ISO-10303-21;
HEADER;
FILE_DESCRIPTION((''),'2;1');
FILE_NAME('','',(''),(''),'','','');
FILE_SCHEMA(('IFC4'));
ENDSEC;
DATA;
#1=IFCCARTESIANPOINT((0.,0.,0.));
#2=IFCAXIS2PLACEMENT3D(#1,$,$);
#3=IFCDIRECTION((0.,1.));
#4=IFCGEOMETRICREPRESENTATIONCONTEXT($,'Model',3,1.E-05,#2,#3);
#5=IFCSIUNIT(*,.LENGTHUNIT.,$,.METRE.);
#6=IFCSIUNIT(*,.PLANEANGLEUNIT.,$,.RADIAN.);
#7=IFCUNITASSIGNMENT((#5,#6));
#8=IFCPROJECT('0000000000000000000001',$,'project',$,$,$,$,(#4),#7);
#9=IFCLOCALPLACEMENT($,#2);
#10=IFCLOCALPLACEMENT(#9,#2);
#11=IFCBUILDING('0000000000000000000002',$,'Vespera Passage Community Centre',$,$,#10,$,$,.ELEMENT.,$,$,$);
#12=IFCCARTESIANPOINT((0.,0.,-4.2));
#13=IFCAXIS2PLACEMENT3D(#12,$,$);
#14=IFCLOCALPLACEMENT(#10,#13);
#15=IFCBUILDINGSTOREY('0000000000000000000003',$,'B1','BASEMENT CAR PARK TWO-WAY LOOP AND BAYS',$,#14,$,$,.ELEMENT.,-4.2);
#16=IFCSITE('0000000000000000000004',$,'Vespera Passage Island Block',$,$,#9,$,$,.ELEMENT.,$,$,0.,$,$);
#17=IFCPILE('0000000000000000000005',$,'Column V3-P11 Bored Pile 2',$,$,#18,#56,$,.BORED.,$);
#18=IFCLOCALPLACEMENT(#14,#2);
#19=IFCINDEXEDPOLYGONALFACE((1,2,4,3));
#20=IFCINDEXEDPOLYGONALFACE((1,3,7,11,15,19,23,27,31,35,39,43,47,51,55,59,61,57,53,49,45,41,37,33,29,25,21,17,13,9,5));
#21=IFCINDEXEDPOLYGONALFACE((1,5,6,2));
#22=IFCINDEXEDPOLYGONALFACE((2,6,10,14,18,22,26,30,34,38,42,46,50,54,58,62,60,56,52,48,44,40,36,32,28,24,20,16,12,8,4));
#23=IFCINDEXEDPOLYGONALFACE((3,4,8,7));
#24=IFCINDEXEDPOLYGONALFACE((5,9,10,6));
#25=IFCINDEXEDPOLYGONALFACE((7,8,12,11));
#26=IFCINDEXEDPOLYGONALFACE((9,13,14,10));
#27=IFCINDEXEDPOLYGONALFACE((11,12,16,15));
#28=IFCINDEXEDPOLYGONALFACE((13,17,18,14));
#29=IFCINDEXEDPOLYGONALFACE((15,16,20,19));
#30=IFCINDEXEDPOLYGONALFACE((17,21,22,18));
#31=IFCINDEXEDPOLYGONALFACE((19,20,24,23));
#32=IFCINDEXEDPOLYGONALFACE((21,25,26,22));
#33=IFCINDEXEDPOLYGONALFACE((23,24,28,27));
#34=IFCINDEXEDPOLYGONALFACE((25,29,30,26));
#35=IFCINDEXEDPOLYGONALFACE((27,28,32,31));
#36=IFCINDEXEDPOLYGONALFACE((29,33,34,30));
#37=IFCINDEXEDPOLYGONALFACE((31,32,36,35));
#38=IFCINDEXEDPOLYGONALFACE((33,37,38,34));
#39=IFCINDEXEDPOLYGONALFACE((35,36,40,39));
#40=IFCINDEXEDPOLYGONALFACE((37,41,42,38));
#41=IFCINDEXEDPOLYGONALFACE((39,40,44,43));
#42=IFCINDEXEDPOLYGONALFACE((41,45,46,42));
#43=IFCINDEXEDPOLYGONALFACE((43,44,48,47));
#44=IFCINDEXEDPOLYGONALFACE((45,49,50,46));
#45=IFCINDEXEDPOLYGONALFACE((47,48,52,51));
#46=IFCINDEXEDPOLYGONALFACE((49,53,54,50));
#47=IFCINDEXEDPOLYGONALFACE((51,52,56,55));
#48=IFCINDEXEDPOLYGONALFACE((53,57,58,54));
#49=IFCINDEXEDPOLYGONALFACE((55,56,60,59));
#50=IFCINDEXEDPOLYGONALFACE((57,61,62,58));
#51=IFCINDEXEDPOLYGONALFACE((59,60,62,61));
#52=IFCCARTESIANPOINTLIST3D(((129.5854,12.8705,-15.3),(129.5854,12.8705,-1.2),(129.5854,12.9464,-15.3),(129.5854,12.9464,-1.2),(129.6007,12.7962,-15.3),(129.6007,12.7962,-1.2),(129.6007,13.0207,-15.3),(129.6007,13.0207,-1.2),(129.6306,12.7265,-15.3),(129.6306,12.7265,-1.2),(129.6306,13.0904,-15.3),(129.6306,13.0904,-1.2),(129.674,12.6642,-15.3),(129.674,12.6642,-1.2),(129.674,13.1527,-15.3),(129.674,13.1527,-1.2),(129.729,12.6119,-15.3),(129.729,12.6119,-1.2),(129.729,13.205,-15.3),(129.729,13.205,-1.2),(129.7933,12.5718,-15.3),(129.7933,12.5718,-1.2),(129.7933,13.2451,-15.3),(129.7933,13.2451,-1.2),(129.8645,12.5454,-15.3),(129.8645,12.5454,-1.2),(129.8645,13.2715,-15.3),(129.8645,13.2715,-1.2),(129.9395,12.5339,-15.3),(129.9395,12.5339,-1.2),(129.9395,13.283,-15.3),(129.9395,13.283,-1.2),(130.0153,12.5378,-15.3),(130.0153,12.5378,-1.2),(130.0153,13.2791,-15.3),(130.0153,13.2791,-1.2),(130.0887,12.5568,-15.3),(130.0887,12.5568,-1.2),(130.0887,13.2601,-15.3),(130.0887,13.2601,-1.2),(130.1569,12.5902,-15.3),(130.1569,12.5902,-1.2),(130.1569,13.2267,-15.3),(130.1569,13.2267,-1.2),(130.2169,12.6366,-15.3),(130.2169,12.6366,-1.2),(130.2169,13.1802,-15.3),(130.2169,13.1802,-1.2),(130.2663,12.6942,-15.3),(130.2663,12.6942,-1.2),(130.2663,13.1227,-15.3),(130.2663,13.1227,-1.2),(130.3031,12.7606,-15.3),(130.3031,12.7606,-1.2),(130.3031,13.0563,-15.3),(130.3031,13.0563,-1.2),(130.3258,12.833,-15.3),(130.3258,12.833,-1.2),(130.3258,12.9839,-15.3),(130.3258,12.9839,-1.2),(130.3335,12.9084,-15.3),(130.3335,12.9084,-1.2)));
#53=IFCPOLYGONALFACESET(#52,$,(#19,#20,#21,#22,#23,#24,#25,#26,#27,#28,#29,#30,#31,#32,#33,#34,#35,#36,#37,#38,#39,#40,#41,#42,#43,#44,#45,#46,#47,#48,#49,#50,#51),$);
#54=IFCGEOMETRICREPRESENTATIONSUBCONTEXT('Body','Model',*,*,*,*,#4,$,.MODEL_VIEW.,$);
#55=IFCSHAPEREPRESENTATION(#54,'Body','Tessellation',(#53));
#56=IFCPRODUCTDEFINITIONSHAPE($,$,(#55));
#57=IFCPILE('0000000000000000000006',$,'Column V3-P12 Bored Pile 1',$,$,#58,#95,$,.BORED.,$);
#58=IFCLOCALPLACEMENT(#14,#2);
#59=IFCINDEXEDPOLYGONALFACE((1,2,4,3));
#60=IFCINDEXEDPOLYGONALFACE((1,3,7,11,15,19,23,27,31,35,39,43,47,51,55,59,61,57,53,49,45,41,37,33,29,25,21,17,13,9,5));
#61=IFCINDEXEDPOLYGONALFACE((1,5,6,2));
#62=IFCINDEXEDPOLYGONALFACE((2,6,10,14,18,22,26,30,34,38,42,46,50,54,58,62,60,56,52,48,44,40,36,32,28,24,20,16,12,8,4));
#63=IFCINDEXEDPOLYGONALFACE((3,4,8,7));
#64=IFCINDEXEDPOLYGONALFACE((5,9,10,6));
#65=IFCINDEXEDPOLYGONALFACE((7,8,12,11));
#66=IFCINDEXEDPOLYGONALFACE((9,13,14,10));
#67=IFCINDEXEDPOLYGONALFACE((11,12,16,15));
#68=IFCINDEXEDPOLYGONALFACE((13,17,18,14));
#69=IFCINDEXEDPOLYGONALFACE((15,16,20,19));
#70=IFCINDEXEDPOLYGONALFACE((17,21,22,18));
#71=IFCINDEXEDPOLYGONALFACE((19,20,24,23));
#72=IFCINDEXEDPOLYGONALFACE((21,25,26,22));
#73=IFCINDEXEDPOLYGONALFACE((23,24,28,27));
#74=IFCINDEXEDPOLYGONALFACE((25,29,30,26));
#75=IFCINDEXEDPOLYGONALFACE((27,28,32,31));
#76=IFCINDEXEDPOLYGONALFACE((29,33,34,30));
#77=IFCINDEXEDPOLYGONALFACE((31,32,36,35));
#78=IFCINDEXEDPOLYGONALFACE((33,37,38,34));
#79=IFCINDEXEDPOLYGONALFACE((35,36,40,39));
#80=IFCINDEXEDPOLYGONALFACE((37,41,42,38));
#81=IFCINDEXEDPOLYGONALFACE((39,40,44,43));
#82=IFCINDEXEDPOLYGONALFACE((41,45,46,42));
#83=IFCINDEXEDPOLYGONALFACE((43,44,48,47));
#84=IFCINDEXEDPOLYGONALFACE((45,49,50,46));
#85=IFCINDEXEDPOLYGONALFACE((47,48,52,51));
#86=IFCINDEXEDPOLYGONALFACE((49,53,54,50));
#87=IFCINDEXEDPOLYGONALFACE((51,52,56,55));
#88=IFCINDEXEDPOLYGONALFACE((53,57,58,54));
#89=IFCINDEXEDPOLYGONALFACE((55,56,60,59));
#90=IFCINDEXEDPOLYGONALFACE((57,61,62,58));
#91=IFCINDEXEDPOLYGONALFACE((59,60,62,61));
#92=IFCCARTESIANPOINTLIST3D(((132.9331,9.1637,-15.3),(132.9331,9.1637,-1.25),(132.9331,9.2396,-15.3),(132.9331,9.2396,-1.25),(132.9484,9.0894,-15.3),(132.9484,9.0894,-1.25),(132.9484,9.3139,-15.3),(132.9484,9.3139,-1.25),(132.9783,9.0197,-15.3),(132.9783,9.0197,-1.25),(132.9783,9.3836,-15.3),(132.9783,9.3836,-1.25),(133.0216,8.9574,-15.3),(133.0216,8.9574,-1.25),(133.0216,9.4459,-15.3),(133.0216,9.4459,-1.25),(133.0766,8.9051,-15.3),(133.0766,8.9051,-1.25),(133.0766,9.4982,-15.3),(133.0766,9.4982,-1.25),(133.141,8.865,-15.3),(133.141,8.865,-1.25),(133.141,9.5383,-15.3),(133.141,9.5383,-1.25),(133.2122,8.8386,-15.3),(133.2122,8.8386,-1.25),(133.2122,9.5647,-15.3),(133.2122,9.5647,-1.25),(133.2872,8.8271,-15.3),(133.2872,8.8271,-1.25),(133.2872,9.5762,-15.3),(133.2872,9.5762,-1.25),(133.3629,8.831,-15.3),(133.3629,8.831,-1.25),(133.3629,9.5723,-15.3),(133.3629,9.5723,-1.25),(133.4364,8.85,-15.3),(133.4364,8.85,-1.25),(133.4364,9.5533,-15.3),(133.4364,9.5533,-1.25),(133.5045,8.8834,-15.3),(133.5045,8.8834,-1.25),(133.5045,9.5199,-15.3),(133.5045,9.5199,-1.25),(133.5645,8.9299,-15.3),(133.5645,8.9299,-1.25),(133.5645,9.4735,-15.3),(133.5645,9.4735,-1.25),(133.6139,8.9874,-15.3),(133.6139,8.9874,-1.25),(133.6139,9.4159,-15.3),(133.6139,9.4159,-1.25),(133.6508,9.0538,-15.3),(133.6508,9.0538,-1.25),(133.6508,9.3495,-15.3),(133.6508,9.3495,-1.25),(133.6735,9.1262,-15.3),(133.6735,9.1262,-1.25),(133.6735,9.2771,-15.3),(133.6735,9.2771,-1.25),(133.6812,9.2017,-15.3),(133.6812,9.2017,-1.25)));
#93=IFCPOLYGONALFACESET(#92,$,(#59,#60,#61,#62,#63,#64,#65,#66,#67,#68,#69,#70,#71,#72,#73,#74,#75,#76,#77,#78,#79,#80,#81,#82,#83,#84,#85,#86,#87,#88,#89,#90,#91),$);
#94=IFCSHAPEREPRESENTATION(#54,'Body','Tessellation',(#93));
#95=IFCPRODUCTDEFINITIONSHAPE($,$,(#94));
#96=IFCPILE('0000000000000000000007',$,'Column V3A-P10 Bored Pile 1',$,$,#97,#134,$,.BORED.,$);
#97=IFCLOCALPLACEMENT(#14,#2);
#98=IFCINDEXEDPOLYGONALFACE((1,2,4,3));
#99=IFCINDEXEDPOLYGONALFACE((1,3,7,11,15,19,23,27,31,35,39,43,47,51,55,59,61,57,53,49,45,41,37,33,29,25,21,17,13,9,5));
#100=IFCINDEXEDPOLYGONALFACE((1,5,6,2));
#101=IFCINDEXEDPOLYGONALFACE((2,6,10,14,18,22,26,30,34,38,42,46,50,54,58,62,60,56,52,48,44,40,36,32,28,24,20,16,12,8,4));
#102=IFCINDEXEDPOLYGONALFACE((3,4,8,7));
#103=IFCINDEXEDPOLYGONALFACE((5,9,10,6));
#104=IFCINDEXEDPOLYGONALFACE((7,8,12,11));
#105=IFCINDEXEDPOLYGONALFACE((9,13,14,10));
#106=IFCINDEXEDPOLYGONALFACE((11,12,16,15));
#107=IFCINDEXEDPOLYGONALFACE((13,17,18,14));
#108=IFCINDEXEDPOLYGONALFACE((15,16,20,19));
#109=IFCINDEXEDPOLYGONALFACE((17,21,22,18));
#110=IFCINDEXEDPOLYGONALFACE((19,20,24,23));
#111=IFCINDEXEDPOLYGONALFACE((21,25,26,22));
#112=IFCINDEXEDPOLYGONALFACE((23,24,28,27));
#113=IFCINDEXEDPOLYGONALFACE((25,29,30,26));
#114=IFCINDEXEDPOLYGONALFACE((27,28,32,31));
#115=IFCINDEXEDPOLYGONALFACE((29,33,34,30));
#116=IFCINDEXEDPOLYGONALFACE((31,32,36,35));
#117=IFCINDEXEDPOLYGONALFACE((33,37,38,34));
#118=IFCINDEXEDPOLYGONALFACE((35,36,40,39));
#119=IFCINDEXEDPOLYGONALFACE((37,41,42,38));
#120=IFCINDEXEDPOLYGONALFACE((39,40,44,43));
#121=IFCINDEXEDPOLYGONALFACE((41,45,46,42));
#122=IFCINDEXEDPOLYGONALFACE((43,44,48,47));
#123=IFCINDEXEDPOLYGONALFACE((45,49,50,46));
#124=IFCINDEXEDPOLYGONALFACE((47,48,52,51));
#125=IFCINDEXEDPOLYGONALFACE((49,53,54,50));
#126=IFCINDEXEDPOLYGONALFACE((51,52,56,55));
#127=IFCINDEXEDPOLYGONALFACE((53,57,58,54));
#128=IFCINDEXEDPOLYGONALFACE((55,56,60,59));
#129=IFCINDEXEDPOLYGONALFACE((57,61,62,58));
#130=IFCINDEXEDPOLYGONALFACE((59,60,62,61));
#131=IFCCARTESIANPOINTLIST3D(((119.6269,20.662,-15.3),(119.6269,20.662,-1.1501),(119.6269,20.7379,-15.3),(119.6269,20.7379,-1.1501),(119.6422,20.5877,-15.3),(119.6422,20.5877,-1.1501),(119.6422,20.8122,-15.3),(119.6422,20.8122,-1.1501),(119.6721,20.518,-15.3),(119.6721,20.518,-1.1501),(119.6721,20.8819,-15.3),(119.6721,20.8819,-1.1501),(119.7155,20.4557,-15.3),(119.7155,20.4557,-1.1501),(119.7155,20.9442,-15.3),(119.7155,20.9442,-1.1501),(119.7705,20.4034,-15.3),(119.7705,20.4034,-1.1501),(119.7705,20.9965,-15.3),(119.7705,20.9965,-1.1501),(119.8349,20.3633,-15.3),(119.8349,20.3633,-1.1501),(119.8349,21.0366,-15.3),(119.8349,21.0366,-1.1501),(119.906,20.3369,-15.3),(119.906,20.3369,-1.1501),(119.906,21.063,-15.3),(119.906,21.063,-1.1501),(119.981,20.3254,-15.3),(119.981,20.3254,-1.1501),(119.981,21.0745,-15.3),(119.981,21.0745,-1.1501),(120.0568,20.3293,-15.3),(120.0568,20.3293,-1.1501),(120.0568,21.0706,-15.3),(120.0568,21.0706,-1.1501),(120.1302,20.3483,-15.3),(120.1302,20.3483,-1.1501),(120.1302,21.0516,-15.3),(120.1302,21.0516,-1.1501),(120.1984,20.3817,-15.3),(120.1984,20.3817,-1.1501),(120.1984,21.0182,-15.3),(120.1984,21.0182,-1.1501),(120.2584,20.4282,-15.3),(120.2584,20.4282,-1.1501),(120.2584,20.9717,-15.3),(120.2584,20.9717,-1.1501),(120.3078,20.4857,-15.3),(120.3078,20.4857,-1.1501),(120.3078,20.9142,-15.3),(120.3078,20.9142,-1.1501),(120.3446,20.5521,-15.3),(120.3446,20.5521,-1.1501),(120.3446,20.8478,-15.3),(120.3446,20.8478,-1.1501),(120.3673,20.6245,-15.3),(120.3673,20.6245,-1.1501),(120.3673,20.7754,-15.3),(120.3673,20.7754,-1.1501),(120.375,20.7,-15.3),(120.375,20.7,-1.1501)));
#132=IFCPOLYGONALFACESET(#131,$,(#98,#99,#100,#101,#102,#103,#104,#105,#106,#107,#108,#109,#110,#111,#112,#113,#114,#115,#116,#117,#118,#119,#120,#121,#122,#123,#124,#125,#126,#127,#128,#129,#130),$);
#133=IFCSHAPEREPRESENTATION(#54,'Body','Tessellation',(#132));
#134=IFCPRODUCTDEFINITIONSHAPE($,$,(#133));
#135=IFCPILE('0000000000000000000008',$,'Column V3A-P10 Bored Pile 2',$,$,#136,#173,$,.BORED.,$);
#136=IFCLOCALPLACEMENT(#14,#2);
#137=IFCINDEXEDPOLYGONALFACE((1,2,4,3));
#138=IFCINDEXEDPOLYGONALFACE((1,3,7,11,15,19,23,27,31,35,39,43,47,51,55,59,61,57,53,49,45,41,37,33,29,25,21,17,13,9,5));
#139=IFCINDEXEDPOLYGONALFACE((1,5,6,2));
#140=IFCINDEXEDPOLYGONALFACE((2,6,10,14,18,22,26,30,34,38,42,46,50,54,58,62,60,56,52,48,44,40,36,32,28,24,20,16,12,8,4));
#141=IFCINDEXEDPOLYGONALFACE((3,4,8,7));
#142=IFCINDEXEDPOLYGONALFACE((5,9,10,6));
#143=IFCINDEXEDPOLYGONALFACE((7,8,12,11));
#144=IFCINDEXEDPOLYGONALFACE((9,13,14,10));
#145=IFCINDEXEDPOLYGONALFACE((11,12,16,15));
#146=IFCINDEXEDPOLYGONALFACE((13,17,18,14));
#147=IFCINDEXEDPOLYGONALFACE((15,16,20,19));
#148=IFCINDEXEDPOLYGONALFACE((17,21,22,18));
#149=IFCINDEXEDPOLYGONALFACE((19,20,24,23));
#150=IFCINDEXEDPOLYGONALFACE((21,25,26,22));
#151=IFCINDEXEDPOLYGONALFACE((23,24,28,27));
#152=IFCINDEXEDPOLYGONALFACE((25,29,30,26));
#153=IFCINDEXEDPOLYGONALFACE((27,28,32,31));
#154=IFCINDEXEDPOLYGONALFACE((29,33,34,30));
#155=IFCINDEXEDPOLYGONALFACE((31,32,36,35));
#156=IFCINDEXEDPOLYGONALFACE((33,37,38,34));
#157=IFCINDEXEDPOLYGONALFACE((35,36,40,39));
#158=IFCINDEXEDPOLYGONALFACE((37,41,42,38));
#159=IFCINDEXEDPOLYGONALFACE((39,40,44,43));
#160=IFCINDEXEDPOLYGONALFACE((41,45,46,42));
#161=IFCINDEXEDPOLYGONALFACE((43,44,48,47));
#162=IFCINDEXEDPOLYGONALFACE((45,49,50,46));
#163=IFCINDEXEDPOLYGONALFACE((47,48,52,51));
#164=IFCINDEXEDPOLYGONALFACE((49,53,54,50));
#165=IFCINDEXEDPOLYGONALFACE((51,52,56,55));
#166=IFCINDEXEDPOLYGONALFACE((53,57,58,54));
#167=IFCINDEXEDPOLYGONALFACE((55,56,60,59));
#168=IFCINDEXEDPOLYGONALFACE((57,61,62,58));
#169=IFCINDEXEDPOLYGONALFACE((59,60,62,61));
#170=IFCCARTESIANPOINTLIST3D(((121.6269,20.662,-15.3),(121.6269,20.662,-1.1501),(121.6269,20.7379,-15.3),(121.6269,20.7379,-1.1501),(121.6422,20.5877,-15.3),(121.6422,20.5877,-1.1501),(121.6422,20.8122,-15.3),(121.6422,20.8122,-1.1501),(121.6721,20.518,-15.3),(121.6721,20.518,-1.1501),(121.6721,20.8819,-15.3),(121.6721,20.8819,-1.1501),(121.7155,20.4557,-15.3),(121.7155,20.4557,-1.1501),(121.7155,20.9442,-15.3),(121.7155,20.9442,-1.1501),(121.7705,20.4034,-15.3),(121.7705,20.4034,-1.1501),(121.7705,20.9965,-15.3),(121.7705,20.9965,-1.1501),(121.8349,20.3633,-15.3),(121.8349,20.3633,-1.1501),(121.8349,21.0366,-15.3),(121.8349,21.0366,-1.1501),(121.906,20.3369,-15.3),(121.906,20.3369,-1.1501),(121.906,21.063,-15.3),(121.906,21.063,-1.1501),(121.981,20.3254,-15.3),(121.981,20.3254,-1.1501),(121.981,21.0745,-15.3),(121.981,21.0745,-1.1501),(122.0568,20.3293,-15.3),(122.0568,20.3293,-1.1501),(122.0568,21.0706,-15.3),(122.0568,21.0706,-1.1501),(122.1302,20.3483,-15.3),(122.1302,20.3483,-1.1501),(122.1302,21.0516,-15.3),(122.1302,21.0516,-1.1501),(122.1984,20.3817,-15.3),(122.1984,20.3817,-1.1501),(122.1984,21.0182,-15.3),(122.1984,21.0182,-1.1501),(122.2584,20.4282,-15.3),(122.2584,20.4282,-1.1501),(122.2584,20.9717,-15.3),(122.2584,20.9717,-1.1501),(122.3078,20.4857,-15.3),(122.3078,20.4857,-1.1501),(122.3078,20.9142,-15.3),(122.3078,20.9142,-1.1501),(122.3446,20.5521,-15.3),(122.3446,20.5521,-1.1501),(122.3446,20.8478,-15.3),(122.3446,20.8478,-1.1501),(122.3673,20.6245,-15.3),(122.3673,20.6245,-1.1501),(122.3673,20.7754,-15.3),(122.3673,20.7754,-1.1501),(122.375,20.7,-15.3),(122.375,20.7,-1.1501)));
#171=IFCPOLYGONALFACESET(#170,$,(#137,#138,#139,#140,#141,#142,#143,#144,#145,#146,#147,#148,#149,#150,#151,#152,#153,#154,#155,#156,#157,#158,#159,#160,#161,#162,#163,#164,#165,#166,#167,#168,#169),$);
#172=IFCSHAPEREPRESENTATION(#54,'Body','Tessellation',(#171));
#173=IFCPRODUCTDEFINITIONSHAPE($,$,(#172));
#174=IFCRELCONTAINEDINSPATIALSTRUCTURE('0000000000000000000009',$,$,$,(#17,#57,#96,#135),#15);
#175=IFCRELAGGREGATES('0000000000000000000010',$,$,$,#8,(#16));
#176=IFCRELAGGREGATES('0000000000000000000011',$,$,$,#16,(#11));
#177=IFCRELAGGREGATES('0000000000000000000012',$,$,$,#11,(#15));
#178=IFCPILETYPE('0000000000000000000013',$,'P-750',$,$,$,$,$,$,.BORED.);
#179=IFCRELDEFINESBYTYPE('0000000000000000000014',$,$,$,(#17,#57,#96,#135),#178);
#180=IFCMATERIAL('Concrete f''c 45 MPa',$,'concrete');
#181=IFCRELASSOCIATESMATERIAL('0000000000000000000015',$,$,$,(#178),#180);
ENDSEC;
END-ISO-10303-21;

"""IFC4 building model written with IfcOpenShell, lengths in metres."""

from ifc_helpers import new_model, si_unit, direction, frame, origin, origin_2d, place, context, subcontext, project, spatial, circle, extrude, material, material_profile, profile_set, type_object, element, save


model = new_model("IFC4")

# Units and contexts
model_context = context("Model", 3, precision=1e-05, world=origin(), true_north=direction((0.0, 1.0)))
body_context = subcontext(model_context, "Body", "Model", "MODEL_VIEW")
ifc_project = project(units=[si_unit("LENGTHUNIT", "METRE"), si_unit("PLANEANGLEUNIT", "RADIAN")], contexts=[model_context])

# Site, building, storey
site_placement = place(None, origin())
site = spatial("IfcSite", under=ifc_project, at=site_placement, Name="Vespera Passage Island Block", CompositionType="ELEMENT", RefElevation=0.0)
building_placement = place(site_placement, origin())
building = spatial("IfcBuilding", under=site, at=building_placement, Name="Vespera Passage Community Centre", CompositionType="ELEMENT")
storey_placement = place(building_placement, frame((0.0, 0.0, -4.2)))
storey = spatial("IfcBuildingStorey", under=building, at=storey_placement, Name="B1", Description="BASEMENT CAR PARK TWO-WAY LOOP AND BAYS", CompositionType="ELEMENT", Elevation=-4.2)

# Piles
ifc_material_1 = material(Name="Concrete f'c 45 MPa", Category="concrete")
ifc_material_profile_1 = material_profile(ifc_material_1, circle(Radius=0.375, at=origin_2d()), Name="PILE750DIA")
ifc_profile_set_1 = profile_set([ifc_material_profile_1], Name="Concrete f'c 45 MPa")
pile_type_1 = type_object("IfcPileType", Name="P-750", PredefinedType="BORED", material=ifc_profile_set_1)
for number, where, z_axis, x_axis, name in (
    (1, (129.9585, 12.9084, -1.2), (0.0, 0.0, -1.0), (1.0, 0.0, 0.0), "Column V3-P11 Bored Pile 2"),
):
    element("IfcPile", number, at=place(storey_placement, frame(where, z_axis=z_axis, x_axis=x_axis)), inside=storey, type_object=pile_type_1, Name=name, PredefinedType="BORED", context=body_context, shape_type="SweptSolid", body=[
        extrude(circle(Radius=0.375, at=origin_2d()), origin(), (0.0, 0.0, 1.0), 14.1001),
    ])
pile_1_placement = place(storey_placement, frame((133.3062, 9.2017, -1.25), z_axis=(0.0, 0.0, -1.0), x_axis=(1.0, 0.0, 0.0)))
element("IfcPile", 2, at=pile_1_placement, inside=storey, type_object=pile_type_1, Name="Column V3-P12 Bored Pile 1", PredefinedType="BORED", context=body_context, shape_type="SweptSolid", body=[
    extrude(circle(Radius=0.375, at=origin_2d()), origin(), (0.0, 0.0, 1.0), 14.05),
])
for number, where, z_axis, x_axis, name in (
    (3, (120.0, 20.7, -1.1501), (0.0, 0.0, -1.0), (1.0, 0.0, 0.0), "Column V3A-P10 Bored Pile 1"),
    (4, (122.0, 20.7, -1.1501), (0.0, 0.0, -1.0), (1.0, 0.0, 0.0), "Column V3A-P10 Bored Pile 2"),
):
    element("IfcPile", number, at=place(storey_placement, frame(where, z_axis=z_axis, x_axis=x_axis)), inside=storey, type_object=pile_type_1, Name=name, PredefinedType="BORED", context=body_context, shape_type="SweptSolid", body=[
        extrude(circle(Radius=0.375, at=origin_2d()), origin(), (0.0, 0.0, 1.0), 14.1499),
    ])

save(model, "model.ifc")
